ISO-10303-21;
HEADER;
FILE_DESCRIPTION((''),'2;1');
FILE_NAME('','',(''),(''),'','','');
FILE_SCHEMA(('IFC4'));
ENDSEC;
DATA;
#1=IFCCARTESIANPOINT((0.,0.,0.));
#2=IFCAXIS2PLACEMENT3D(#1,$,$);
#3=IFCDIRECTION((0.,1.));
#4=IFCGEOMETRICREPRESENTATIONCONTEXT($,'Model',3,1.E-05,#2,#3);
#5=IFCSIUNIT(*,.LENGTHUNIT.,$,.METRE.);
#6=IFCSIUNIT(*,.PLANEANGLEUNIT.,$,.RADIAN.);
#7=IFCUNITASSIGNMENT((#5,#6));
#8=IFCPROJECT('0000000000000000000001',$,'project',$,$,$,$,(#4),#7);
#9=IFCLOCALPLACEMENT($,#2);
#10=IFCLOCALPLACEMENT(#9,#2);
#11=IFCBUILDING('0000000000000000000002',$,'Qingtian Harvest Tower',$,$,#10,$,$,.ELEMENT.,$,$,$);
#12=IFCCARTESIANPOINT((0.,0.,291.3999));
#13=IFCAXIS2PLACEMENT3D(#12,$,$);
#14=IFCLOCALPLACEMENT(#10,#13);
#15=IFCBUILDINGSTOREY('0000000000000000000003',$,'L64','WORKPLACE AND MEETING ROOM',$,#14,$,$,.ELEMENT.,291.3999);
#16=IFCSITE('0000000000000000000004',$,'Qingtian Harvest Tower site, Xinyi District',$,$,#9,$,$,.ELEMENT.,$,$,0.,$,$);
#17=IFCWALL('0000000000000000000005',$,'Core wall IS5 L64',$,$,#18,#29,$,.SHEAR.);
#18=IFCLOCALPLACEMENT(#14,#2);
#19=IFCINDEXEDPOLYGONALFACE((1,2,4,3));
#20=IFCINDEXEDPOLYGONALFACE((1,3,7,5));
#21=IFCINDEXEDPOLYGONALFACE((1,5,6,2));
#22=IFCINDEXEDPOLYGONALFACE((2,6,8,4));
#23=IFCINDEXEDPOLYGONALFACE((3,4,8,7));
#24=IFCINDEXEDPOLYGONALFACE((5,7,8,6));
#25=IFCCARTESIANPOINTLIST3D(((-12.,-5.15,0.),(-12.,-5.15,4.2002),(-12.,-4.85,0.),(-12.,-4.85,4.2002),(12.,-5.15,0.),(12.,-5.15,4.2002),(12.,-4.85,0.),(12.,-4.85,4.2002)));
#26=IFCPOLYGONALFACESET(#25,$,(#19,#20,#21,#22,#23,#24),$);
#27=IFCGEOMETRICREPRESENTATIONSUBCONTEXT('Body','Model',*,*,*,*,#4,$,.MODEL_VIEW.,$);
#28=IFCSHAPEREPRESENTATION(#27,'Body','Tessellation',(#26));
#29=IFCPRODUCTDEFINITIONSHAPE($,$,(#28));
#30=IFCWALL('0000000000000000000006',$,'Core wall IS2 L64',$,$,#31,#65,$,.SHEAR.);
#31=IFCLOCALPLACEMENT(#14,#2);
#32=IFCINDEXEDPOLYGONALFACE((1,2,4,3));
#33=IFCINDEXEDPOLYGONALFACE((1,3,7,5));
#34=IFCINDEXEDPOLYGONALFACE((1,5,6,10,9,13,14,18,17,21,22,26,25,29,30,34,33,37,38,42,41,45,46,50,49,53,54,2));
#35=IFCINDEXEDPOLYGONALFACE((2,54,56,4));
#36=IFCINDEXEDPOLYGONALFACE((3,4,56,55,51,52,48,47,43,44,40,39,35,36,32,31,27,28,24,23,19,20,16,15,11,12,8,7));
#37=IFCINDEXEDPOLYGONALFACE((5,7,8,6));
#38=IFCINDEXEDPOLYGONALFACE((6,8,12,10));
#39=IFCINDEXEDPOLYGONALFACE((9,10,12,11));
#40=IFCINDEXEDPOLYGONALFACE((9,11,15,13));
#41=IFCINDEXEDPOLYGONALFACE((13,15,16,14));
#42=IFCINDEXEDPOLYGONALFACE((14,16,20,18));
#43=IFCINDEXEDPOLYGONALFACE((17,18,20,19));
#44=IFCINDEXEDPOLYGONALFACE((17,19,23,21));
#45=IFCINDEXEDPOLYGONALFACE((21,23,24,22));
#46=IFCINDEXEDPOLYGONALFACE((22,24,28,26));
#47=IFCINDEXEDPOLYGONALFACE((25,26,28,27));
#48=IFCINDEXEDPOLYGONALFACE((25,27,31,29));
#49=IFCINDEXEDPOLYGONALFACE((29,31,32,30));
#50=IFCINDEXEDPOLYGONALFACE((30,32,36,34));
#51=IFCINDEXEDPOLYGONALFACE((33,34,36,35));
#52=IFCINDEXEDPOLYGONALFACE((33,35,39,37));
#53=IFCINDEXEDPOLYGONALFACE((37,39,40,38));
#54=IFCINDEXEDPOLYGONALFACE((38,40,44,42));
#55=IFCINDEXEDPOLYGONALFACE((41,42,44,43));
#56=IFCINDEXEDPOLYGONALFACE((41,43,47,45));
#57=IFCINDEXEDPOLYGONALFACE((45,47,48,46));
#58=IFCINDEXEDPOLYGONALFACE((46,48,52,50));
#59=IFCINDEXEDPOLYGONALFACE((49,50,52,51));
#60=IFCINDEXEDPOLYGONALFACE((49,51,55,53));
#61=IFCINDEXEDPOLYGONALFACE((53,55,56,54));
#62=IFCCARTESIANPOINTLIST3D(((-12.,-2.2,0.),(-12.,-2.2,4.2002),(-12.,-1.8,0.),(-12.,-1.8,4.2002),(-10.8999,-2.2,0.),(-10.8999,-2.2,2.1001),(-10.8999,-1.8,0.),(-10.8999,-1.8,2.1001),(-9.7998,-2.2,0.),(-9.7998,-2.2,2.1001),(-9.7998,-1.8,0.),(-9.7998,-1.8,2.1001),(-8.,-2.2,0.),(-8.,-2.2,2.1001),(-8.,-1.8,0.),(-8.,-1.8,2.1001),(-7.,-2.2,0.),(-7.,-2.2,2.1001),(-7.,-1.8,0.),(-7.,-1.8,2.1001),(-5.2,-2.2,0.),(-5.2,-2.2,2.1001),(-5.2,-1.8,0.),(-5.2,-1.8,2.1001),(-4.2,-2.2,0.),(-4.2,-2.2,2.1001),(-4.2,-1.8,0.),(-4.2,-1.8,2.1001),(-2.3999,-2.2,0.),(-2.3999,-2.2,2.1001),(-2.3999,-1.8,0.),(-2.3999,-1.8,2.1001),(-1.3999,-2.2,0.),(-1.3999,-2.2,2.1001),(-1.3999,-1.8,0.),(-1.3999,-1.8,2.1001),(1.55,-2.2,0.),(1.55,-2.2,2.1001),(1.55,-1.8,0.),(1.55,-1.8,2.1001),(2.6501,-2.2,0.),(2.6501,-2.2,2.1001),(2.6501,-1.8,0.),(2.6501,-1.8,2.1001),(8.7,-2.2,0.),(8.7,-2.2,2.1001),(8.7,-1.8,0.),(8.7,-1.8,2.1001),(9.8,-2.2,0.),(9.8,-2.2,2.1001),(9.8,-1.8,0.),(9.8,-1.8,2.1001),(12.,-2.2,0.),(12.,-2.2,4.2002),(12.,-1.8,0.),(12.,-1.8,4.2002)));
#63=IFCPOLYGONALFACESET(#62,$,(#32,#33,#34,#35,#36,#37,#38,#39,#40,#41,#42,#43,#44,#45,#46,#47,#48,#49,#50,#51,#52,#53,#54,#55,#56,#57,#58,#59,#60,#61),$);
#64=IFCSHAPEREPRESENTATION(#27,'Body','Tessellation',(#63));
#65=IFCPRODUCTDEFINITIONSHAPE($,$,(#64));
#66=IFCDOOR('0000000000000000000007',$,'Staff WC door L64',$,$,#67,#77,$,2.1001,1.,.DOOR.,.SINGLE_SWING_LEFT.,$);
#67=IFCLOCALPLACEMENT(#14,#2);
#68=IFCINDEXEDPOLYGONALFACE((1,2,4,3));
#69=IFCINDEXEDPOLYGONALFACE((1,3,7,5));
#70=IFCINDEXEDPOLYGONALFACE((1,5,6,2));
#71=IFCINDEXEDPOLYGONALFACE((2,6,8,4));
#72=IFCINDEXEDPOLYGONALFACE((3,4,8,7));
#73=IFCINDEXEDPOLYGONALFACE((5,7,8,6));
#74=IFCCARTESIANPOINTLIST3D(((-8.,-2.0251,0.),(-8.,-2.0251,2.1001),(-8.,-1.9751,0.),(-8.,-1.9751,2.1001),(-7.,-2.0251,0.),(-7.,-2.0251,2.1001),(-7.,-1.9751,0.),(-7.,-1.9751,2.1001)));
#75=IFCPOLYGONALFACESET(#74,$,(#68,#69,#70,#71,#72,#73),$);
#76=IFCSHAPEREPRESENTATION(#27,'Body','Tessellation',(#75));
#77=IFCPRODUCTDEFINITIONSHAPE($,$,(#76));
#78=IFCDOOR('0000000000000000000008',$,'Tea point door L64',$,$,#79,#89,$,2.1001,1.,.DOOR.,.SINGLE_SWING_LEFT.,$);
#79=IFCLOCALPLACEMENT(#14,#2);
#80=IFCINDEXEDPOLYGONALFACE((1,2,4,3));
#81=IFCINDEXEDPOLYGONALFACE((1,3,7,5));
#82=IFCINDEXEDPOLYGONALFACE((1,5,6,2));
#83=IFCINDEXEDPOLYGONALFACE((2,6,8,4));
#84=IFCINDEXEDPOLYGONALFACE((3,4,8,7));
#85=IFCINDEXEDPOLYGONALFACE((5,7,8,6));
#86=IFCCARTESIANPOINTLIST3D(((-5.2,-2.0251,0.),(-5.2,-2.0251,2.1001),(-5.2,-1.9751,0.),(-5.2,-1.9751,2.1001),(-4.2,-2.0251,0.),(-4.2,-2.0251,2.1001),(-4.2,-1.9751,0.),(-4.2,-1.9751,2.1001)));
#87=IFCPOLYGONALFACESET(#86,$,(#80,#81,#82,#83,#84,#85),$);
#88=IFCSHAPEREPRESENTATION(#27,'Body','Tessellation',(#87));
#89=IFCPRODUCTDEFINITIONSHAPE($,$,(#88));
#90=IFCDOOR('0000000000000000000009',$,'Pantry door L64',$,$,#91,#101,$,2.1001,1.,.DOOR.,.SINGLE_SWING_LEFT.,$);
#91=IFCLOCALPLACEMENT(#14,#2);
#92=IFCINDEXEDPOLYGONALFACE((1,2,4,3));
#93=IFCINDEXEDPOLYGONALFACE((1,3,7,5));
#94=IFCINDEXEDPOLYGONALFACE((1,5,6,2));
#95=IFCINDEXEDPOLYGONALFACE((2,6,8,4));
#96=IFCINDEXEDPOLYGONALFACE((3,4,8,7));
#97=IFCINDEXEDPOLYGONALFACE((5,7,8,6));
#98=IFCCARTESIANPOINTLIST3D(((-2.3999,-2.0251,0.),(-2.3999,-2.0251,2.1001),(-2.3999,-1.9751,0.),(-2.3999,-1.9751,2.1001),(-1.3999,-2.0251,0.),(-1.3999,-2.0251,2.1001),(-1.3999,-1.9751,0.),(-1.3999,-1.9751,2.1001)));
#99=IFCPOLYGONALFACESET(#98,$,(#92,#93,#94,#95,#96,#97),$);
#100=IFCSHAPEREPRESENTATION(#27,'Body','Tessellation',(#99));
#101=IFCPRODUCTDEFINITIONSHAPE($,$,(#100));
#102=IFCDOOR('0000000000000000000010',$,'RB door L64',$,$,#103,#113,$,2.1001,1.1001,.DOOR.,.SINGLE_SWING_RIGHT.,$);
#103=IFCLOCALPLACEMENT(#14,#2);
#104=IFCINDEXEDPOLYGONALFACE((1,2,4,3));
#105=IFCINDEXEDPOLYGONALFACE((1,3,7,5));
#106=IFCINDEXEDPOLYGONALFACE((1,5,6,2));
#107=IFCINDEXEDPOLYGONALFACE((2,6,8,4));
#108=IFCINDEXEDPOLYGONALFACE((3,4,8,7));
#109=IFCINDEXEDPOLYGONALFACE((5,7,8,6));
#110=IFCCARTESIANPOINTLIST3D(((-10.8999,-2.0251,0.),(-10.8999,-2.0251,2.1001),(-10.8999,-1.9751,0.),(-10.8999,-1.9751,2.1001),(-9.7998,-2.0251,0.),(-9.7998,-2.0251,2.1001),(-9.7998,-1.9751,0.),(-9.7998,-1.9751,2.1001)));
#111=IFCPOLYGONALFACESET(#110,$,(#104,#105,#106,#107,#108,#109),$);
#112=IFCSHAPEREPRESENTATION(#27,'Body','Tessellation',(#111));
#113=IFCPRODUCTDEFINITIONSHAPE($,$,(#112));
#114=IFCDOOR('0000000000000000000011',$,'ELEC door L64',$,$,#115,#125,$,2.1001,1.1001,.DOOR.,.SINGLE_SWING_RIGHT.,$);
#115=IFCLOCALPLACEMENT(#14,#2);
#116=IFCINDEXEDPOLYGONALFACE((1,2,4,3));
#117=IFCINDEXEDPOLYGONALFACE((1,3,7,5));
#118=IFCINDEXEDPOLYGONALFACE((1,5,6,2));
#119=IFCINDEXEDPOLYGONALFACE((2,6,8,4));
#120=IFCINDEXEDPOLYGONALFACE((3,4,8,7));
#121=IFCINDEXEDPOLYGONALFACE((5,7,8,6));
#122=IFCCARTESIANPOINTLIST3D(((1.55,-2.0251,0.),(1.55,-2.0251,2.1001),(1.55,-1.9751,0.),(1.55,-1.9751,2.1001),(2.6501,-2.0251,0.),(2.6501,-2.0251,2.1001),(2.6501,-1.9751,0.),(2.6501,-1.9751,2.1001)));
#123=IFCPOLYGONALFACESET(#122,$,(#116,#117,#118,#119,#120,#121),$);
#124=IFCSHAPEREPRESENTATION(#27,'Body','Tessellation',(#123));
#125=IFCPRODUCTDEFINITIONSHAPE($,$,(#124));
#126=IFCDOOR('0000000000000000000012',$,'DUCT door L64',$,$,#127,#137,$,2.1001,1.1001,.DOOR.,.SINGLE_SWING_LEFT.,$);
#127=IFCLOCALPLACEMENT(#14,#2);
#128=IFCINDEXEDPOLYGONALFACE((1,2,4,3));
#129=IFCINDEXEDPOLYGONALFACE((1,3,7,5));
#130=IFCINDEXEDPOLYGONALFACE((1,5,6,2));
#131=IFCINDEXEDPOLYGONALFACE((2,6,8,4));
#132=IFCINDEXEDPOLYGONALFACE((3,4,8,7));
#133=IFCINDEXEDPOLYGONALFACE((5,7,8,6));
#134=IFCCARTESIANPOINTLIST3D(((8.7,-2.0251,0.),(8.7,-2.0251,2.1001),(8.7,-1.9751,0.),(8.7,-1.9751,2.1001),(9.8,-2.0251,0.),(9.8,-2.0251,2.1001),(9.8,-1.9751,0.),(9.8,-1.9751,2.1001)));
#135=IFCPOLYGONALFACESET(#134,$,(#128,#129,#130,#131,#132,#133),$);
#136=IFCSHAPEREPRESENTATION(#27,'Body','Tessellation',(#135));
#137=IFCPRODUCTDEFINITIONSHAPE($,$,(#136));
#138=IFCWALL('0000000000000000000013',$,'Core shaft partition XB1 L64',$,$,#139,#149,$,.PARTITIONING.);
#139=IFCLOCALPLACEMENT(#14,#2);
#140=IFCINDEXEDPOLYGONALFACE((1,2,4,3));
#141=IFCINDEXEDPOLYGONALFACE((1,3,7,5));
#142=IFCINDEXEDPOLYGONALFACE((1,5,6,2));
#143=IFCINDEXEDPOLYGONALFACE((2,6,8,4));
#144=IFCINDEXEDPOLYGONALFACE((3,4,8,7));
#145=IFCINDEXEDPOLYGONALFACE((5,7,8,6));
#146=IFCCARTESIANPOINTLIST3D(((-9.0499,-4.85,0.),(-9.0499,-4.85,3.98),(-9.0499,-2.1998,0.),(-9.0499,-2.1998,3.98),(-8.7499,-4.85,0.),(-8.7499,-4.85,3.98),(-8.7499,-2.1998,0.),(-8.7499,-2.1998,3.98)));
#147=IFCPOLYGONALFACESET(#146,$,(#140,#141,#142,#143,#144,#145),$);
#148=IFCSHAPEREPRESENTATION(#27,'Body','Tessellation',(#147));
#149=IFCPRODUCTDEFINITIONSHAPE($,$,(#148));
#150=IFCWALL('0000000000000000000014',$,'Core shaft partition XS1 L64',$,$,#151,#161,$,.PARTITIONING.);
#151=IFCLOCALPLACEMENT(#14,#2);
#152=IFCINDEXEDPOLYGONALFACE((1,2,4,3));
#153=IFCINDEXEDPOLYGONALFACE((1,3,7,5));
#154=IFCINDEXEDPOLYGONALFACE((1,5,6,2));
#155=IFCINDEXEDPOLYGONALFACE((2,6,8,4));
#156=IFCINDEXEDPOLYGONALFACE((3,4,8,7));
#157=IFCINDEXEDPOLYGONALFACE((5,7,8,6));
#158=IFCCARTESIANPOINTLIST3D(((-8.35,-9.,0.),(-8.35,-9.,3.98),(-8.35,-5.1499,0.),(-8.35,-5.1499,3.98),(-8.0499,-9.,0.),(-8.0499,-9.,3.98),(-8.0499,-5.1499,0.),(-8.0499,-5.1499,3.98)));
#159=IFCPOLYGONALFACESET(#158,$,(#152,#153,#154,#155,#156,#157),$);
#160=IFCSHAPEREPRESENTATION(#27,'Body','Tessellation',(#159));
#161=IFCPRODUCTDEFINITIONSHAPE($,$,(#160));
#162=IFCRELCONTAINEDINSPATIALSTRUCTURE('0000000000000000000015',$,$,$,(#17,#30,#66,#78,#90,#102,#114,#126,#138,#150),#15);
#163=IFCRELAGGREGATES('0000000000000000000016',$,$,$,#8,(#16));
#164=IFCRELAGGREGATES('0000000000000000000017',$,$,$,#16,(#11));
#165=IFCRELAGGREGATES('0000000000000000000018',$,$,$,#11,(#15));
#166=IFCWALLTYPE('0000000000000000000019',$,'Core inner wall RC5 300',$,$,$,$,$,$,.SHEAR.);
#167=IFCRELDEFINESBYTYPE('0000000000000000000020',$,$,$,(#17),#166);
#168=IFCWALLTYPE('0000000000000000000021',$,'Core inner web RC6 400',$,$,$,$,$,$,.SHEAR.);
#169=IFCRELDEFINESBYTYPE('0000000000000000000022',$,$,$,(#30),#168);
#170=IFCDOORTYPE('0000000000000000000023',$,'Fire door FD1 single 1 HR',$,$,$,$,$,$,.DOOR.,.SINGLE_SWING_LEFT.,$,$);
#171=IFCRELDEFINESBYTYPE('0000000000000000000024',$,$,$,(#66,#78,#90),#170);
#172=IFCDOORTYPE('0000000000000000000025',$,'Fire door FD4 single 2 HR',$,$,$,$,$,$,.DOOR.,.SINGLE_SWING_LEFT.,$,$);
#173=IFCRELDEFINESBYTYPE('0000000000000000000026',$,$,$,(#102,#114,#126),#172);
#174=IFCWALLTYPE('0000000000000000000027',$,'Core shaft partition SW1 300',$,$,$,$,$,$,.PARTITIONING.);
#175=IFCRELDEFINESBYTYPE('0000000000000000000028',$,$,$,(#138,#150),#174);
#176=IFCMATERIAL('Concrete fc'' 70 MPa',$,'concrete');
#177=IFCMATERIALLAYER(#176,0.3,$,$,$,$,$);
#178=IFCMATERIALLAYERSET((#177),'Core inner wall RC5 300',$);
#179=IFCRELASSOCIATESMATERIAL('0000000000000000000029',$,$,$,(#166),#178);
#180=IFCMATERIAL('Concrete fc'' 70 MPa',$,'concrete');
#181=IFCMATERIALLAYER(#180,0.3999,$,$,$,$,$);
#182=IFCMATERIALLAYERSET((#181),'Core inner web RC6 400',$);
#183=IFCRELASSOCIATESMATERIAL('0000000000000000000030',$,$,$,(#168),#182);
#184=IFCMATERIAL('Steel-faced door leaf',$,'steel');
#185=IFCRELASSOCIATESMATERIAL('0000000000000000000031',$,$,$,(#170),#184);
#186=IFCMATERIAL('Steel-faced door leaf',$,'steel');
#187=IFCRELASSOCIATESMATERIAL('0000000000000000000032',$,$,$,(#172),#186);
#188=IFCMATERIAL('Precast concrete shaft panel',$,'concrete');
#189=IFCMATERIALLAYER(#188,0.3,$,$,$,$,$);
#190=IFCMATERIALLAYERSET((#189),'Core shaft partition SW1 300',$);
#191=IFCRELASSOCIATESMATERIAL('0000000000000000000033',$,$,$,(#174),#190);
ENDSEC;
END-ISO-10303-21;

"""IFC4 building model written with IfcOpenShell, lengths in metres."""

from ifc_helpers import new_model, si_unit, direction, frame, frame_2d, origin, place, context, subcontext, project, spatial, rectangle, extrude, material, layer, layer_set, type_object, element, fill, save


model = new_model("IFC4")

# Units and contexts
model_context = context("Model", 3, precision=1e-05, world=origin(), true_north=direction((0.0, 1.0)))
body_context = subcontext(model_context, "Body", "Model", "MODEL_VIEW")
ifc_project = project(units=[si_unit("LENGTHUNIT", "METRE"), si_unit("PLANEANGLEUNIT", "RADIAN")], contexts=[model_context])

# Site, building, storey
site_placement = place(None, origin())
site = spatial("IfcSite", under=ifc_project, at=site_placement, Name="Qingtian Harvest Tower site, Xinyi District", CompositionType="ELEMENT", RefElevation=0.0)
building_placement = place(site_placement, origin())
building = spatial("IfcBuilding", under=site, at=building_placement, Name="Qingtian Harvest Tower", CompositionType="ELEMENT")
storey_placement = place(building_placement, frame((0.0, 0.0, 291.3999)))
storey = spatial("IfcBuildingStorey", under=building, at=storey_placement, Name="L64", Description="WORKPLACE AND MEETING ROOM", CompositionType="ELEMENT", Elevation=291.3999)

# Wall
ifc_material_1 = material(Name="Concrete fc' 70 MPa", Category="concrete")
ifc_layer_1 = layer(ifc_material_1, 0.3)
ifc_layer_set_1 = layer_set([ifc_layer_1], Name="Core inner wall RC5 300")
wall_type_1 = type_object("IfcWallType", Name="Core inner wall RC5 300", PredefinedType="SHEAR", material=ifc_layer_set_1)
wall_1_placement = place(storey_placement, frame((-12.0, -5.0, 0.0), z_axis=(0.0, 0.0, 1.0), x_axis=(1.0, 0.0, 0.0)))
element("IfcWall", 1, at=wall_1_placement, inside=storey, type_object=wall_type_1, Name="Core wall IS5 L64", PredefinedType="SHEAR", context=body_context, shape_type="SweptSolid", body=[
    extrude(rectangle(XDim=24.0, YDim=0.3, at=frame_2d((12.0, 0.0))), origin(), (0.0, 0.0, 1.0), 4.2002),
])

# Wall, openings, doors
ifc_material_2 = material(Name="Concrete fc' 70 MPa", Category="concrete")
ifc_layer_2 = layer(ifc_material_2, 0.3999)
ifc_layer_set_2 = layer_set([ifc_layer_2], Name="Core inner web RC6 400")
wall_type_2 = type_object("IfcWallType", Name="Core inner web RC6 400", PredefinedType="SHEAR", material=ifc_layer_set_2)
wall_2_placement = place(storey_placement, frame((-12.0, -2.0, 0.0), z_axis=(0.0, 0.0, 1.0), x_axis=(1.0, 0.0, 0.0)))
wall_2 = element("IfcWall", 2, at=wall_2_placement, inside=storey, type_object=wall_type_2, Name="Core wall IS2 L64", PredefinedType="SHEAR", context=body_context, shape_type="SweptSolid", body=[
    extrude(rectangle(XDim=24.0, YDim=0.3999, at=frame_2d((12.0, 0.0))), origin(), (0.0, 0.0, 1.0), 4.2002),
])
opening_1_placement = place(wall_2_placement, frame((1.1001, 0.0, 0.0)))
opening_1 = element("IfcOpeningElement", 3, at=opening_1_placement, cuts=wall_2, PredefinedType="OPENING", context=body_context, shape_type="SweptSolid", body=[
    extrude(rectangle(XDim=1.1001, YDim=2.1001, at=frame_2d((0.55, 1.05))), frame((0.0, 0.21, 0.0), z_axis=(0.0, -1.0, 0.0), x_axis=(1.0, 0.0, 0.0)), (0.0, 0.0, 1.0), 0.4199),
])
opening_2_placement = place(wall_2_placement, frame((13.55, 0.0, 0.0)))
opening_2 = element("IfcOpeningElement", 4, at=opening_2_placement, cuts=wall_2, PredefinedType="OPENING", context=body_context, shape_type="SweptSolid", body=[
    extrude(rectangle(XDim=1.1001, YDim=2.1001, at=frame_2d((0.55, 1.05))), frame((0.0, 0.21, 0.0), z_axis=(0.0, -1.0, 0.0), x_axis=(1.0, 0.0, 0.0)), (0.0, 0.0, 1.0), 0.4199),
])
opening_3_placement = place(wall_2_placement, frame((20.7, 0.0, 0.0)))
opening_3 = element("IfcOpeningElement", 5, at=opening_3_placement, cuts=wall_2, PredefinedType="OPENING", context=body_context, shape_type="SweptSolid", body=[
    extrude(rectangle(XDim=1.1001, YDim=2.1001, at=frame_2d((0.55, 1.05))), frame((0.0, 0.21, 0.0), z_axis=(0.0, -1.0, 0.0), x_axis=(1.0, 0.0, 0.0)), (0.0, 0.0, 1.0), 0.4199),
])
opening_4_placement = place(wall_2_placement, frame((4.0, 0.0, 0.0)))
opening_4 = element("IfcOpeningElement", 6, at=opening_4_placement, cuts=wall_2, PredefinedType="OPENING", context=body_context, shape_type="SweptSolid", body=[
    extrude(rectangle(XDim=1.0, YDim=2.1001, at=frame_2d((0.5, 1.05))), frame((0.0, 0.21, 0.0), z_axis=(0.0, -1.0, 0.0), x_axis=(1.0, 0.0, 0.0)), (0.0, 0.0, 1.0), 0.4199),
])
opening_5_placement = place(wall_2_placement, frame((6.8, 0.0, 0.0)))
opening_5 = element("IfcOpeningElement", 7, at=opening_5_placement, cuts=wall_2, PredefinedType="OPENING", context=body_context, shape_type="SweptSolid", body=[
    extrude(rectangle(XDim=1.0, YDim=2.1001, at=frame_2d((0.5, 1.05))), frame((0.0, 0.21, 0.0), z_axis=(0.0, -1.0, 0.0), x_axis=(1.0, 0.0, 0.0)), (0.0, 0.0, 1.0), 0.4199),
])
opening_6_placement = place(wall_2_placement, frame((9.6001, 0.0, 0.0)))
opening_6 = element("IfcOpeningElement", 8, at=opening_6_placement, cuts=wall_2, PredefinedType="OPENING", context=body_context, shape_type="SweptSolid", body=[
    extrude(rectangle(XDim=1.0, YDim=2.1001, at=frame_2d((0.5, 1.05))), frame((0.0, 0.21, 0.0), z_axis=(0.0, -1.0, 0.0), x_axis=(1.0, 0.0, 0.0)), (0.0, 0.0, 1.0), 0.4199),
])
ifc_material_3 = material(Name="Steel-faced door leaf", Category="steel")
door_type_1 = type_object("IfcDoorType", Name="Fire door FD1 single 1 HR", OperationType="SINGLE_SWING_LEFT", PredefinedType="DOOR", material=ifc_material_3)
door_1_placement = place(opening_4_placement, origin())
door_1 = element("IfcDoor", 9, at=door_1_placement, inside=storey, type_object=door_type_1, Name="Staff WC door L64", OperationType="SINGLE_SWING_LEFT", OverallHeight=2.1001, OverallWidth=1.0, PredefinedType="DOOR", context=body_context, shape_type="SweptSolid", body=[
    extrude(rectangle(XDim=1.0, YDim=2.1001, at=frame_2d((0.5, 1.05))), frame((0.0, 0.0249, 0.0), z_axis=(0.0, -1.0, 0.0), x_axis=(1.0, 0.0, 0.0)), (0.0, 0.0, 1.0), 0.05),
])
fill(opening_4, door_1)
door_2_placement = place(opening_5_placement, origin())
door_2 = element("IfcDoor", 10, at=door_2_placement, inside=storey, type_object=door_type_1, Name="Tea point door L64", OperationType="SINGLE_SWING_LEFT", OverallHeight=2.1001, OverallWidth=1.0, PredefinedType="DOOR", context=body_context, shape_type="SweptSolid", body=[
    extrude(rectangle(XDim=1.0, YDim=2.1001, at=frame_2d((0.5, 1.05))), frame((0.0, 0.0249, 0.0), z_axis=(0.0, -1.0, 0.0), x_axis=(1.0, 0.0, 0.0)), (0.0, 0.0, 1.0), 0.05),
])
fill(opening_5, door_2)
door_3_placement = place(opening_6_placement, origin())
door_3 = element("IfcDoor", 11, at=door_3_placement, inside=storey, type_object=door_type_1, Name="Pantry door L64", OperationType="SINGLE_SWING_LEFT", OverallHeight=2.1001, OverallWidth=1.0, PredefinedType="DOOR", context=body_context, shape_type="SweptSolid", body=[
    extrude(rectangle(XDim=1.0, YDim=2.1001, at=frame_2d((0.5, 1.05))), frame((0.0, 0.0249, 0.0), z_axis=(0.0, -1.0, 0.0), x_axis=(1.0, 0.0, 0.0)), (0.0, 0.0, 1.0), 0.05),
])
fill(opening_6, door_3)
ifc_material_4 = material(Name="Steel-faced door leaf", Category="steel")
door_type_2 = type_object("IfcDoorType", Name="Fire door FD4 single 2 HR", OperationType="SINGLE_SWING_LEFT", PredefinedType="DOOR", material=ifc_material_4)
door_4_placement = place(opening_1_placement, origin())
door_4 = element("IfcDoor", 12, at=door_4_placement, inside=storey, type_object=door_type_2, Name="RB door L64", OperationType="SINGLE_SWING_RIGHT", OverallHeight=2.1001, OverallWidth=1.1001, PredefinedType="DOOR", context=body_context, shape_type="SweptSolid", body=[
    extrude(rectangle(XDim=1.1001, YDim=2.1001, at=frame_2d((0.55, 1.05))), frame((0.0, 0.0249, 0.0), z_axis=(0.0, -1.0, 0.0), x_axis=(1.0, 0.0, 0.0)), (0.0, 0.0, 1.0), 0.05),
])
fill(opening_1, door_4)
door_5_placement = place(opening_2_placement, origin())
door_5 = element("IfcDoor", 13, at=door_5_placement, inside=storey, type_object=door_type_2, Name="ELEC door L64", OperationType="SINGLE_SWING_RIGHT", OverallHeight=2.1001, OverallWidth=1.1001, PredefinedType="DOOR", context=body_context, shape_type="SweptSolid", body=[
    extrude(rectangle(XDim=1.1001, YDim=2.1001, at=frame_2d((0.55, 1.05))), frame((0.0, 0.0249, 0.0), z_axis=(0.0, -1.0, 0.0), x_axis=(1.0, 0.0, 0.0)), (0.0, 0.0, 1.0), 0.05),
])
fill(opening_2, door_5)
door_6_placement = place(opening_3_placement, origin())
door_6 = element("IfcDoor", 14, at=door_6_placement, inside=storey, type_object=door_type_2, Name="DUCT door L64", OperationType="SINGLE_SWING_LEFT", OverallHeight=2.1001, OverallWidth=1.1001, PredefinedType="DOOR", context=body_context, shape_type="SweptSolid", body=[
    extrude(rectangle(XDim=1.1001, YDim=2.1001, at=frame_2d((0.55, 1.05))), frame((0.0, 0.0249, 0.0), z_axis=(0.0, -1.0, 0.0), x_axis=(1.0, 0.0, 0.0)), (0.0, 0.0, 1.0), 0.05),
])
fill(opening_3, door_6)

# Walls
ifc_material_5 = material(Name="Precast concrete shaft panel", Category="concrete")
ifc_layer_3 = layer(ifc_material_5, 0.3)
ifc_layer_set_3 = layer_set([ifc_layer_3], Name="Core shaft partition SW1 300")
wall_type_3 = type_object("IfcWallType", Name="Core shaft partition SW1 300", PredefinedType="PARTITIONING", material=ifc_layer_set_3)
wall_3_placement = place(storey_placement, frame((-8.8999, -4.8501, 0.0), z_axis=(0.0, 0.0, 1.0), x_axis=(0.0, 1.0, 0.0)))
element("IfcWall", 15, at=wall_3_placement, inside=storey, type_object=wall_type_3, Name="Core shaft partition XB1 L64", PredefinedType="PARTITIONING", context=body_context, shape_type="SweptSolid", body=[
    extrude(rectangle(XDim=2.6501, YDim=0.3, at=frame_2d((1.3252, 0.0))), origin(), (0.0, 0.0, 1.0), 3.98),
])
wall_4_placement = place(storey_placement, frame((-8.2, -9.0, 0.0), z_axis=(0.0, 0.0, 1.0), x_axis=(0.0, 1.0, 0.0)))
element("IfcWall", 16, at=wall_4_placement, inside=storey, type_object=wall_type_3, Name="Core shaft partition XS1 L64", PredefinedType="PARTITIONING", context=body_context, shape_type="SweptSolid", body=[
    extrude(rectangle(XDim=3.8501, YDim=0.3, at=frame_2d((1.925, 0.0))), origin(), (0.0, 0.0, 1.0), 3.98),
])

save(model, "model.ifc")
